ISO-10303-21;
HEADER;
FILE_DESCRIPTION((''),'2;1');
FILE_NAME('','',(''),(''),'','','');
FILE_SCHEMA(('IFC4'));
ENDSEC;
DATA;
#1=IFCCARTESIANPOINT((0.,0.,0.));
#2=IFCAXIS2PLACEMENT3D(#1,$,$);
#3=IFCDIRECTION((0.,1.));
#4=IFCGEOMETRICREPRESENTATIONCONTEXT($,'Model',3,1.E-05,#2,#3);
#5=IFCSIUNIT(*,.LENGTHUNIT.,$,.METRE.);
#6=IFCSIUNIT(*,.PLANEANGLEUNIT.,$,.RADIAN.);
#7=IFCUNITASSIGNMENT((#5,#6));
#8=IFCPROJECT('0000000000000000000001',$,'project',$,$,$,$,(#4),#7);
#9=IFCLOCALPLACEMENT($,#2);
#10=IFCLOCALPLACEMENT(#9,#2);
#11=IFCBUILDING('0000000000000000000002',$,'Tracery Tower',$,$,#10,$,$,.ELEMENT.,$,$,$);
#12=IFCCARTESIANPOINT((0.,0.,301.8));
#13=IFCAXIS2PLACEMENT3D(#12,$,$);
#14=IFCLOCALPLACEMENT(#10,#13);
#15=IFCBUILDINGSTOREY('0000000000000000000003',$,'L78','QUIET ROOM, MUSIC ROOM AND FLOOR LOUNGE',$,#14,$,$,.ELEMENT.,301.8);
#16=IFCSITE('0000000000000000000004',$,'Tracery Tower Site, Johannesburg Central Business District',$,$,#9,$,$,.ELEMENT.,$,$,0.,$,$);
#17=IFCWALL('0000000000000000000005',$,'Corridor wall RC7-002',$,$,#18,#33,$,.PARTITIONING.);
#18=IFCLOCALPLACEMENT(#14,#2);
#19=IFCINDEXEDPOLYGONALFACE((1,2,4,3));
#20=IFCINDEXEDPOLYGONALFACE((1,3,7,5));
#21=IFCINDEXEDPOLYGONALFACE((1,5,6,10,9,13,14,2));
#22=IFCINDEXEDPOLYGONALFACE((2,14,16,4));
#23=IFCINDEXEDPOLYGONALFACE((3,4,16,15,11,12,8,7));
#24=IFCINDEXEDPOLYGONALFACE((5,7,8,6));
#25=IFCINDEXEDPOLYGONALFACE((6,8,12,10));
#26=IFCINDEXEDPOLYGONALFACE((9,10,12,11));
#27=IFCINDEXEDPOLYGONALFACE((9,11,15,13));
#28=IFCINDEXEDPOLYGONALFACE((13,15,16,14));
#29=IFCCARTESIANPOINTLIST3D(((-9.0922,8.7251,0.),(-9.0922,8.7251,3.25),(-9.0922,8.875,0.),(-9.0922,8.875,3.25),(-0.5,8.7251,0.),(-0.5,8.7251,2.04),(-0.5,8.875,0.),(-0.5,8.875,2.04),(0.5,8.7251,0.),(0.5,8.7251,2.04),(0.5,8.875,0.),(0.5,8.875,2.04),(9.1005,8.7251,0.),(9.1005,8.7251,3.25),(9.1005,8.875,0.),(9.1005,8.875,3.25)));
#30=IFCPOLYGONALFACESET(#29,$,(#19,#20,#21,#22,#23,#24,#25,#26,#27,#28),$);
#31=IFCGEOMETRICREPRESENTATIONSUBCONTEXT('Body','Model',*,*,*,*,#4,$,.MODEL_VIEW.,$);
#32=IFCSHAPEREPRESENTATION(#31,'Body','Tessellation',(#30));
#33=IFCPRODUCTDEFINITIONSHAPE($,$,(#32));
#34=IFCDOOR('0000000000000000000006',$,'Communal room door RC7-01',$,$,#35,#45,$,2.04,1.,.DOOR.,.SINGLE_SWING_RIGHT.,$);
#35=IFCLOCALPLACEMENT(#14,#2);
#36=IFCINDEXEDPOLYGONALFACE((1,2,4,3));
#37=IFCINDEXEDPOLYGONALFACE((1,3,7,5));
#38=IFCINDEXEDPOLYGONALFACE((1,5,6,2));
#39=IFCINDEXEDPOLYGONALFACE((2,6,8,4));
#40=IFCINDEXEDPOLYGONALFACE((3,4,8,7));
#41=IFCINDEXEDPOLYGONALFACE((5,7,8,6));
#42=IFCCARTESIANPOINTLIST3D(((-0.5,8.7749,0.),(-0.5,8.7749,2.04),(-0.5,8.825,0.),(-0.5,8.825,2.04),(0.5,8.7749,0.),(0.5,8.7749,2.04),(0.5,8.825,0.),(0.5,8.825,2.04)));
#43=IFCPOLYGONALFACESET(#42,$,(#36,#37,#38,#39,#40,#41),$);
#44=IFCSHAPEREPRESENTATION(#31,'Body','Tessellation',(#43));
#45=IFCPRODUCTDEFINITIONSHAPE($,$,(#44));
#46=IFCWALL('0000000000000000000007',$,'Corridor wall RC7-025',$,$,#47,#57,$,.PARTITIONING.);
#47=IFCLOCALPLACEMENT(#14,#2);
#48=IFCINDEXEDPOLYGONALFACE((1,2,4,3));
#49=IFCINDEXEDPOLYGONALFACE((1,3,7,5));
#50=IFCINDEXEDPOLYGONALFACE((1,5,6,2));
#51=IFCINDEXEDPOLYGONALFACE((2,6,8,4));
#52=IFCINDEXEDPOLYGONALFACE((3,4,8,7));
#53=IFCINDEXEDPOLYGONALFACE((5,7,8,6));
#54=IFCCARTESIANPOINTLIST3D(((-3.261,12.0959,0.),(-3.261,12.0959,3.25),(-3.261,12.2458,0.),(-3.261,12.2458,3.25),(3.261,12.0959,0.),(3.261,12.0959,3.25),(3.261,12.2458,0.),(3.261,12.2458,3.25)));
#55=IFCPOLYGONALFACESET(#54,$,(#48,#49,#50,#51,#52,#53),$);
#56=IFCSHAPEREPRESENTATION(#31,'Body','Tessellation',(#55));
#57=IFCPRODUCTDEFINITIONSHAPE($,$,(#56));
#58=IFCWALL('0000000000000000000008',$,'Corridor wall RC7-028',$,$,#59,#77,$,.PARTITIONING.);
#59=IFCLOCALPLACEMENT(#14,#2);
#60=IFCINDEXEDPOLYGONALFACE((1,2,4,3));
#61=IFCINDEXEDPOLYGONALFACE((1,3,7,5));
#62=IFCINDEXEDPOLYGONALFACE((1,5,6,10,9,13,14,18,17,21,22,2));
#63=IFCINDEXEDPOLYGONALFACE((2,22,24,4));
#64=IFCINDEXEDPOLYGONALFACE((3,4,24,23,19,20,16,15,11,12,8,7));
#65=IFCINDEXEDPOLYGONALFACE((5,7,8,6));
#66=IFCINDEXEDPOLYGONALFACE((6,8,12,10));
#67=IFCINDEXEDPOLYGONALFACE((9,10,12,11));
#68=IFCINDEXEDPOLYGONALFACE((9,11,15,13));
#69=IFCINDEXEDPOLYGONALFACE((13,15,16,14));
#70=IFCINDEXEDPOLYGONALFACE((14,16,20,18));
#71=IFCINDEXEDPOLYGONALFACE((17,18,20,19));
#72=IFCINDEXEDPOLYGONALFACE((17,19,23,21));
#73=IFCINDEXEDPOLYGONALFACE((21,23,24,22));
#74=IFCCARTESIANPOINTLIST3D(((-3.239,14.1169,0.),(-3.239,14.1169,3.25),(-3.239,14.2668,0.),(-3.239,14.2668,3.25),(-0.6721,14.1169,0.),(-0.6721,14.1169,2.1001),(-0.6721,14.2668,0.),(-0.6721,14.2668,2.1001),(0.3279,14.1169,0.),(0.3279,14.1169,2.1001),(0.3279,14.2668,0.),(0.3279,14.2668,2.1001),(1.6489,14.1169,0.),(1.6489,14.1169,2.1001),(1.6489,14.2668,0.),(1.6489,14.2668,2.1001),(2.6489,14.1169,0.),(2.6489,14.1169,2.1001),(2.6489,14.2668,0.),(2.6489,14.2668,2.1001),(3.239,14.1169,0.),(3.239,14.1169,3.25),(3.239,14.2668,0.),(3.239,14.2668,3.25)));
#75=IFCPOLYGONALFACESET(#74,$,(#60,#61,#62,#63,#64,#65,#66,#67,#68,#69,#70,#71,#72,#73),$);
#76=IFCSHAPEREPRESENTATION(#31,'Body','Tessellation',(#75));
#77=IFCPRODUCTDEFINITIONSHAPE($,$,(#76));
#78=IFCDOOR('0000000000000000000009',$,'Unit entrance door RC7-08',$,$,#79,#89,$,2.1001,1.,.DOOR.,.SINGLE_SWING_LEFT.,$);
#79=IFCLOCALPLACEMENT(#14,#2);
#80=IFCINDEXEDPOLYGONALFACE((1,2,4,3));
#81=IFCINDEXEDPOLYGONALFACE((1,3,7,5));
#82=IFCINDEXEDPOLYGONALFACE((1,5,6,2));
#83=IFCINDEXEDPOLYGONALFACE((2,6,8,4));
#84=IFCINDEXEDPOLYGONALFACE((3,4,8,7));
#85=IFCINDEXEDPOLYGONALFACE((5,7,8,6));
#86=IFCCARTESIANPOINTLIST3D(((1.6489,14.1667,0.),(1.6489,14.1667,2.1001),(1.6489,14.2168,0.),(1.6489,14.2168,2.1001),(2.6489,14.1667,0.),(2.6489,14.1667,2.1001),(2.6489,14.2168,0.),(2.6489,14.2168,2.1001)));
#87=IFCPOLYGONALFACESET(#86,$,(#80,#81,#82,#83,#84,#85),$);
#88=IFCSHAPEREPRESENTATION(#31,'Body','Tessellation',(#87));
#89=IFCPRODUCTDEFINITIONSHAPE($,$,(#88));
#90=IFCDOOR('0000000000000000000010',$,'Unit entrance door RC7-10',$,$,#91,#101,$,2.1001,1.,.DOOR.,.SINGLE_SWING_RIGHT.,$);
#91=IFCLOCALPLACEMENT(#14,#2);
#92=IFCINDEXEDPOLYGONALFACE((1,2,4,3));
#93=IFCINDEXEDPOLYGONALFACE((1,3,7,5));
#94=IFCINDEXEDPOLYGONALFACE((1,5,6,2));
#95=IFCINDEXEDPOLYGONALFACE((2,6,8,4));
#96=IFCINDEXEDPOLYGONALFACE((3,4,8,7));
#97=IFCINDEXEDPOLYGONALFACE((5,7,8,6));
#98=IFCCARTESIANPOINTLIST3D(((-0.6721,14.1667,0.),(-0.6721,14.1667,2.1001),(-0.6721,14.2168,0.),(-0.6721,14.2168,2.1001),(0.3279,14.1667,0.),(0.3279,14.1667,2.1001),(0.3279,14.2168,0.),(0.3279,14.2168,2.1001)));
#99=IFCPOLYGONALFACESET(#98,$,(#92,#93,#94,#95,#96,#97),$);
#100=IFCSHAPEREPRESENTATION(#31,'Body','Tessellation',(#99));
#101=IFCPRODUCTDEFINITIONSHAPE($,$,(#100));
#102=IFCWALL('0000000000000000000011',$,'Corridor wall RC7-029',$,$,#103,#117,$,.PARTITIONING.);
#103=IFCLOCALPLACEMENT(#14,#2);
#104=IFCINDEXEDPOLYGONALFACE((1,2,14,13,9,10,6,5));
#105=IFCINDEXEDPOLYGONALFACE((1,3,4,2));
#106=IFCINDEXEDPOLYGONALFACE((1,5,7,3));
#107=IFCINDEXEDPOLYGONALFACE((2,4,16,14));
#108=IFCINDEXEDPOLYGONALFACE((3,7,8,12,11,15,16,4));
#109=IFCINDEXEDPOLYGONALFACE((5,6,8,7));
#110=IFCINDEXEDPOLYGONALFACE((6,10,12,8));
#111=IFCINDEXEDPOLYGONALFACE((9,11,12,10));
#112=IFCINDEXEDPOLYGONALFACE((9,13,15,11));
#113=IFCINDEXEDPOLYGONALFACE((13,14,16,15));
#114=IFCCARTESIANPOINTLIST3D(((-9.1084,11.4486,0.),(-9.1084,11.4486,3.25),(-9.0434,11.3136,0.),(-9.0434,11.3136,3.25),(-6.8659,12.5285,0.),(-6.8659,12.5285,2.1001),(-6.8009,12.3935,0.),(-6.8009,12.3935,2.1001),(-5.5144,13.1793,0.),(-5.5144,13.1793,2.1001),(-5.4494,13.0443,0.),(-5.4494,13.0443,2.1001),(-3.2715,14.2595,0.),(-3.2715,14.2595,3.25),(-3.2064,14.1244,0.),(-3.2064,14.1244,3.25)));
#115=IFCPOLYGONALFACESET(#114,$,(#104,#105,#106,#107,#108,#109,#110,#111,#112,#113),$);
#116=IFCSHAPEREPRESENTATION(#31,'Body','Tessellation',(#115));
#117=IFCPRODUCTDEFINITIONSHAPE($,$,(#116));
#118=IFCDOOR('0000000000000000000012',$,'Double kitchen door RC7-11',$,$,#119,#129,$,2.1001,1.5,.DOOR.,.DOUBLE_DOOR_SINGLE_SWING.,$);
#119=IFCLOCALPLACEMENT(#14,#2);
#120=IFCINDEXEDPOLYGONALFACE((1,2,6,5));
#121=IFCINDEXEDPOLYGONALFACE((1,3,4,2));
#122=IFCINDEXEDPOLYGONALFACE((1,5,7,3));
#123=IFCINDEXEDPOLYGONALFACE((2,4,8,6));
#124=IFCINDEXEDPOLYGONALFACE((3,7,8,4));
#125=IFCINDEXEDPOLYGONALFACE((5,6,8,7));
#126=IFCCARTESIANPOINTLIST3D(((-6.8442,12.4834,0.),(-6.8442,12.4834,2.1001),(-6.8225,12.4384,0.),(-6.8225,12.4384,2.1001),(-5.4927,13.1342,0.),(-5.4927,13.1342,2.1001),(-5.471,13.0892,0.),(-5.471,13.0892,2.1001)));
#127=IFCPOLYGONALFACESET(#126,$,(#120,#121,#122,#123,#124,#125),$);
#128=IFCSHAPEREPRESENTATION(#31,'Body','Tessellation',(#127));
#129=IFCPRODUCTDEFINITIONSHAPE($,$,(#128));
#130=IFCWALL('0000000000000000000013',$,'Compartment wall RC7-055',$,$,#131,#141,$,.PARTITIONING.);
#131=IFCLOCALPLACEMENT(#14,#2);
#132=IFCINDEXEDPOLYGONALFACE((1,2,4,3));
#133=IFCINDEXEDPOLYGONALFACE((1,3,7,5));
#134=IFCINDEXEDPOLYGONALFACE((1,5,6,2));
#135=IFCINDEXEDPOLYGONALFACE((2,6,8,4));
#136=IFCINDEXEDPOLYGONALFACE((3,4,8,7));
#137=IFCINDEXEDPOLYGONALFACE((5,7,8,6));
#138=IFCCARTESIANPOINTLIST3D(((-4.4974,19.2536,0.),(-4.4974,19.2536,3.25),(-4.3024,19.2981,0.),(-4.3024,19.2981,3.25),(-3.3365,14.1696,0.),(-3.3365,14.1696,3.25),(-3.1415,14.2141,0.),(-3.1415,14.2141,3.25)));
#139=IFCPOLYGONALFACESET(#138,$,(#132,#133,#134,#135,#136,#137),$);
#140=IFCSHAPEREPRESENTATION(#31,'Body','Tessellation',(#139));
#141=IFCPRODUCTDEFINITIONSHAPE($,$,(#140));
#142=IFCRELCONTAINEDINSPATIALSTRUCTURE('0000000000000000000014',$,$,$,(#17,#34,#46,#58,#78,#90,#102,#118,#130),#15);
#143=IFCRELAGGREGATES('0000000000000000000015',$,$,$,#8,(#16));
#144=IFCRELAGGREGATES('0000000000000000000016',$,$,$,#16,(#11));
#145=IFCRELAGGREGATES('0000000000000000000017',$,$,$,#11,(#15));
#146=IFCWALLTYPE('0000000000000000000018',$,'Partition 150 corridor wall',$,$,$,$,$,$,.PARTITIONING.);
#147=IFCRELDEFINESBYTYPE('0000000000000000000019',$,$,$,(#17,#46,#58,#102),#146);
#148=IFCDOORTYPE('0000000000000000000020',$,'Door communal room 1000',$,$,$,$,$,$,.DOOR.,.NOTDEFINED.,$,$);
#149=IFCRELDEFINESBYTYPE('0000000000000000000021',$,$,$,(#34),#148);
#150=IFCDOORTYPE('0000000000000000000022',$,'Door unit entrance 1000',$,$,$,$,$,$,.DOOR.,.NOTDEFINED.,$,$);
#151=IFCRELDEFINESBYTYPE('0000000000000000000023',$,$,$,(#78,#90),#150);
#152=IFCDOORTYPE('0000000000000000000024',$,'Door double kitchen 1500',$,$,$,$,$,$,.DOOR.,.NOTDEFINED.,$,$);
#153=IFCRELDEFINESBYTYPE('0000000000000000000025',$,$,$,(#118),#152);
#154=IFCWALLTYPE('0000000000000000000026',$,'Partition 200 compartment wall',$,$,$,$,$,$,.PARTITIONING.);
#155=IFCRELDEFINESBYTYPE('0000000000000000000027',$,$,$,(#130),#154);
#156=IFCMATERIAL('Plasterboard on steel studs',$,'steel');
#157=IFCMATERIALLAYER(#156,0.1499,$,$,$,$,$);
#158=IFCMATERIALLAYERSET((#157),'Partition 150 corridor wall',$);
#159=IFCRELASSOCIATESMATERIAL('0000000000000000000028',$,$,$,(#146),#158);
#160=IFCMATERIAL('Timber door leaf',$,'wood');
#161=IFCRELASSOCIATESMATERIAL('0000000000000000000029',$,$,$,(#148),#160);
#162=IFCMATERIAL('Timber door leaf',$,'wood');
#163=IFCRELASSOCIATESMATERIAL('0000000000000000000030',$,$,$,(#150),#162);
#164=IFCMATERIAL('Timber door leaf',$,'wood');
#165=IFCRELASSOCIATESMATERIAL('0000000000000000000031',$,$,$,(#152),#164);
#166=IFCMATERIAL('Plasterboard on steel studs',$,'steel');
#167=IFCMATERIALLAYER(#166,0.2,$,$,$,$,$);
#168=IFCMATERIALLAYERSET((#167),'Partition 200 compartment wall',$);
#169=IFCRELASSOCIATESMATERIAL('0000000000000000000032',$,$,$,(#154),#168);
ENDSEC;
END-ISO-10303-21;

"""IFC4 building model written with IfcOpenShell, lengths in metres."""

from ifc_helpers import new_model, si_unit, direction, frame, frame_2d, origin, place, context, subcontext, project, spatial, rectangle, extrude, material, layer, layer_set, type_object, element, fill, save


model = new_model("IFC4")

# Units and contexts
model_context = context("Model", 3, precision=1e-05, world=origin(), true_north=direction((0.0, 1.0)))
body_context = subcontext(model_context, "Body", "Model", "MODEL_VIEW")
ifc_project = project(units=[si_unit("LENGTHUNIT", "METRE"), si_unit("PLANEANGLEUNIT", "RADIAN")], contexts=[model_context])

# Site, building, storey
site_placement = place(None, origin())
site = spatial("IfcSite", under=ifc_project, at=site_placement, Name="Tracery Tower Site, Johannesburg Central Business District", CompositionType="ELEMENT", RefElevation=0.0)
building_placement = place(site_placement, origin())
building = spatial("IfcBuilding", under=site, at=building_placement, Name="Tracery Tower", CompositionType="ELEMENT")
storey_placement = place(building_placement, frame((0.0, 0.0, 301.8)))
storey = spatial("IfcBuildingStorey", under=building, at=storey_placement, Name="L78", Description="QUIET ROOM, MUSIC ROOM AND FLOOR LOUNGE", CompositionType="ELEMENT", Elevation=301.8)

# Wall, opening, door
ifc_material_1 = material(Name="Plasterboard on steel studs", Category="steel")
ifc_layer_1 = layer(ifc_material_1, 0.1499)
ifc_layer_set_1 = layer_set([ifc_layer_1], Name="Partition 150 corridor wall")
wall_type_1 = type_object("IfcWallType", Name="Partition 150 corridor wall", PredefinedType="PARTITIONING", material=ifc_layer_set_1)
wall_1_placement = place(storey_placement, frame((-9.092, 8.8, 0.0), z_axis=(0.0, 0.0, 1.0), x_axis=(1.0, 0.0, 0.0)))
wall_1 = element("IfcWall", 1, at=wall_1_placement, inside=storey, type_object=wall_type_1, Name="Corridor wall RC7-002", PredefinedType="PARTITIONING", context=body_context, shape_type="SweptSolid", body=[
    extrude(rectangle(XDim=18.1926, YDim=0.1499, at=frame_2d((9.0962, 0.0))), origin(), (0.0, 0.0, 1.0), 3.25),
])
opening_1_placement = place(wall_1_placement, frame((8.592, 0.0, 0.0)))
opening_1 = element("IfcOpeningElement", 2, at=opening_1_placement, cuts=wall_1, PredefinedType="OPENING", context=body_context, shape_type="SweptSolid", body=[
    extrude(rectangle(XDim=1.0, YDim=2.04, at=frame_2d((0.5, 1.02))), frame((0.0, 0.075, 0.0), z_axis=(0.0, -1.0, 0.0), x_axis=(1.0, 0.0, 0.0)), (0.0, 0.0, 1.0), 0.1499),
])
ifc_material_2 = material(Name="Timber door leaf", Category="wood")
door_type_1 = type_object("IfcDoorType", Name="Door communal room 1000", OperationType="NOTDEFINED", PredefinedType="DOOR", material=ifc_material_2)
door_1_placement = place(opening_1_placement, origin())
door_1 = element("IfcDoor", 3, at=door_1_placement, inside=storey, type_object=door_type_1, Name="Communal room door RC7-01", OperationType="SINGLE_SWING_RIGHT", OverallHeight=2.04, OverallWidth=1.0, PredefinedType="DOOR", context=body_context, shape_type="SweptSolid", body=[
    extrude(rectangle(XDim=1.0, YDim=2.04, at=frame_2d((0.5, 1.02))), frame((0.0, 0.0249, 0.0), z_axis=(0.0, -1.0, 0.0), x_axis=(1.0, 0.0, 0.0)), (0.0, 0.0, 1.0), 0.05),
])
fill(opening_1, door_1)

# Wall
wall_2_placement = place(storey_placement, frame((-3.261, 12.1709, 0.0), z_axis=(0.0, 0.0, 1.0), x_axis=(1.0, 0.0, 0.0)))
element("IfcWall", 4, at=wall_2_placement, inside=storey, type_object=wall_type_1, Name="Corridor wall RC7-025", PredefinedType="PARTITIONING", context=body_context, shape_type="SweptSolid", body=[
    extrude(rectangle(XDim=6.522, YDim=0.1499, at=frame_2d((3.261, 0.0))), origin(), (0.0, 0.0, 1.0), 3.25),
])

# Wall, openings, doors
wall_3_placement = place(storey_placement, frame((-3.239, 14.1919, 0.0), z_axis=(0.0, 0.0, 1.0), x_axis=(1.0, 0.0, 0.0)))
wall_3 = element("IfcWall", 5, at=wall_3_placement, inside=storey, type_object=wall_type_1, Name="Corridor wall RC7-028", PredefinedType="PARTITIONING", context=body_context, shape_type="SweptSolid", body=[
    extrude(rectangle(XDim=6.478, YDim=0.1499, at=frame_2d((3.239, 0.0))), origin(), (0.0, 0.0, 1.0), 3.25),
])
opening_2_placement = place(wall_3_placement, frame((4.8879, 0.0, 0.0)))
opening_2 = element("IfcOpeningElement", 6, at=opening_2_placement, cuts=wall_3, PredefinedType="OPENING", context=body_context, shape_type="SweptSolid", body=[
    extrude(rectangle(XDim=1.0, YDim=2.1001, at=frame_2d((0.5, 1.05))), frame((0.0, 0.075, 0.0), z_axis=(0.0, -1.0, 0.0), x_axis=(1.0, 0.0, 0.0)), (0.0, 0.0, 1.0), 0.1499),
])
opening_3_placement = place(wall_3_placement, frame((2.5669, 0.0, 0.0)))
opening_3 = element("IfcOpeningElement", 7, at=opening_3_placement, cuts=wall_3, PredefinedType="OPENING", context=body_context, shape_type="SweptSolid", body=[
    extrude(rectangle(XDim=1.0, YDim=2.1001, at=frame_2d((0.5, 1.05))), frame((0.0, 0.075, 0.0), z_axis=(0.0, -1.0, 0.0), x_axis=(1.0, 0.0, 0.0)), (0.0, 0.0, 1.0), 0.1499),
])
ifc_material_3 = material(Name="Timber door leaf", Category="wood")
door_type_2 = type_object("IfcDoorType", Name="Door unit entrance 1000", OperationType="NOTDEFINED", PredefinedType="DOOR", material=ifc_material_3)
door_2_placement = place(opening_2_placement, origin())
door_2 = element("IfcDoor", 8, at=door_2_placement, inside=storey, type_object=door_type_2, Name="Unit entrance door RC7-08", OperationType="SINGLE_SWING_LEFT", OverallHeight=2.1001, OverallWidth=1.0, PredefinedType="DOOR", context=body_context, shape_type="SweptSolid", body=[
    extrude(rectangle(XDim=1.0, YDim=2.1001, at=frame_2d((0.5, 1.05))), frame((0.0, 0.0249, 0.0), z_axis=(0.0, -1.0, 0.0), x_axis=(1.0, 0.0, 0.0)), (0.0, 0.0, 1.0), 0.05),
])
fill(opening_2, door_2)
door_3_placement = place(opening_3_placement, origin())
door_3 = element("IfcDoor", 9, at=door_3_placement, inside=storey, type_object=door_type_2, Name="Unit entrance door RC7-10", OperationType="SINGLE_SWING_RIGHT", OverallHeight=2.1001, OverallWidth=1.0, PredefinedType="DOOR", context=body_context, shape_type="SweptSolid", body=[
    extrude(rectangle(XDim=1.0, YDim=2.1001, at=frame_2d((0.5, 1.05))), frame((0.0, 0.0249, 0.0), z_axis=(0.0, -1.0, 0.0), x_axis=(1.0, 0.0, 0.0)), (0.0, 0.0, 1.0), 0.05),
])
fill(opening_3, door_3)

# Wall, opening, door
wall_4_placement = place(storey_placement, frame((-9.0759, 11.3811, 0.0), z_axis=(0.0, 0.0, 1.0), x_axis=(0.900976, 0.433869, 0.0)))
wall_4 = element("IfcWall", 10, at=wall_4_placement, inside=storey, type_object=wall_type_1, Name="Corridor wall RC7-029", PredefinedType="PARTITIONING", context=body_context, shape_type="SweptSolid", body=[
    extrude(rectangle(XDim=6.4785, YDim=0.1499, at=frame_2d((3.2393, 0.0))), origin(), (0.0, 0.0, 1.0), 3.25),
])
opening_4_placement = place(wall_4_placement, frame((2.489, 0.0, 0.0)))
opening_4 = element("IfcOpeningElement", 11, at=opening_4_placement, cuts=wall_4, PredefinedType="OPENING", context=body_context, shape_type="SweptSolid", body=[
    extrude(rectangle(XDim=1.5, YDim=2.1001, at=frame_2d((0.75, 1.05))), frame((0.0, 0.075, 0.0), z_axis=(0.0, -1.0, 0.0), x_axis=(1.0, 0.0, 0.0)), (0.0, 0.0, 1.0), 0.1499),
])
ifc_material_4 = material(Name="Timber door leaf", Category="wood")
door_type_3 = type_object("IfcDoorType", Name="Door double kitchen 1500", OperationType="NOTDEFINED", PredefinedType="DOOR", material=ifc_material_4)
door_4_placement = place(opening_4_placement, origin())
door_4 = element("IfcDoor", 12, at=door_4_placement, inside=storey, type_object=door_type_3, Name="Double kitchen door RC7-11", OperationType="DOUBLE_DOOR_SINGLE_SWING", OverallHeight=2.1001, OverallWidth=1.5, PredefinedType="DOOR", context=body_context, shape_type="SweptSolid", body=[
    extrude(rectangle(XDim=1.5, YDim=2.1001, at=frame_2d((0.75, 1.05))), frame((0.0, 0.0249, 0.0), z_axis=(0.0, -1.0, 0.0), x_axis=(1.0, 0.0, 0.0)), (0.0, 0.0, 1.0), 0.05),
])
fill(opening_4, door_4)

# Wall
ifc_material_5 = material(Name="Plasterboard on steel studs", Category="steel")
ifc_layer_2 = layer(ifc_material_5, 0.2)
ifc_layer_set_2 = layer_set([ifc_layer_2], Name="Partition 200 compartment wall")
wall_type_2 = type_object("IfcWallType", Name="Partition 200 compartment wall", PredefinedType="PARTITIONING", material=ifc_layer_set_2)
wall_5_placement = place(storey_placement, frame((-4.3999, 19.2759, 0.0), z_axis=(0.0, 0.0, 1.0), x_axis=(0.222613, -0.974907, 0.0)))
element("IfcWall", 13, at=wall_5_placement, inside=storey, type_object=wall_type_2, Name="Compartment wall RC7-055", PredefinedType="PARTITIONING", context=body_context, shape_type="SweptSolid", body=[
    extrude(rectangle(XDim=5.2148, YDim=0.2, at=frame_2d((2.6074, 0.0))), origin(), (0.0, 0.0, 1.0), 3.25),
])

save(model, "model.ifc")
